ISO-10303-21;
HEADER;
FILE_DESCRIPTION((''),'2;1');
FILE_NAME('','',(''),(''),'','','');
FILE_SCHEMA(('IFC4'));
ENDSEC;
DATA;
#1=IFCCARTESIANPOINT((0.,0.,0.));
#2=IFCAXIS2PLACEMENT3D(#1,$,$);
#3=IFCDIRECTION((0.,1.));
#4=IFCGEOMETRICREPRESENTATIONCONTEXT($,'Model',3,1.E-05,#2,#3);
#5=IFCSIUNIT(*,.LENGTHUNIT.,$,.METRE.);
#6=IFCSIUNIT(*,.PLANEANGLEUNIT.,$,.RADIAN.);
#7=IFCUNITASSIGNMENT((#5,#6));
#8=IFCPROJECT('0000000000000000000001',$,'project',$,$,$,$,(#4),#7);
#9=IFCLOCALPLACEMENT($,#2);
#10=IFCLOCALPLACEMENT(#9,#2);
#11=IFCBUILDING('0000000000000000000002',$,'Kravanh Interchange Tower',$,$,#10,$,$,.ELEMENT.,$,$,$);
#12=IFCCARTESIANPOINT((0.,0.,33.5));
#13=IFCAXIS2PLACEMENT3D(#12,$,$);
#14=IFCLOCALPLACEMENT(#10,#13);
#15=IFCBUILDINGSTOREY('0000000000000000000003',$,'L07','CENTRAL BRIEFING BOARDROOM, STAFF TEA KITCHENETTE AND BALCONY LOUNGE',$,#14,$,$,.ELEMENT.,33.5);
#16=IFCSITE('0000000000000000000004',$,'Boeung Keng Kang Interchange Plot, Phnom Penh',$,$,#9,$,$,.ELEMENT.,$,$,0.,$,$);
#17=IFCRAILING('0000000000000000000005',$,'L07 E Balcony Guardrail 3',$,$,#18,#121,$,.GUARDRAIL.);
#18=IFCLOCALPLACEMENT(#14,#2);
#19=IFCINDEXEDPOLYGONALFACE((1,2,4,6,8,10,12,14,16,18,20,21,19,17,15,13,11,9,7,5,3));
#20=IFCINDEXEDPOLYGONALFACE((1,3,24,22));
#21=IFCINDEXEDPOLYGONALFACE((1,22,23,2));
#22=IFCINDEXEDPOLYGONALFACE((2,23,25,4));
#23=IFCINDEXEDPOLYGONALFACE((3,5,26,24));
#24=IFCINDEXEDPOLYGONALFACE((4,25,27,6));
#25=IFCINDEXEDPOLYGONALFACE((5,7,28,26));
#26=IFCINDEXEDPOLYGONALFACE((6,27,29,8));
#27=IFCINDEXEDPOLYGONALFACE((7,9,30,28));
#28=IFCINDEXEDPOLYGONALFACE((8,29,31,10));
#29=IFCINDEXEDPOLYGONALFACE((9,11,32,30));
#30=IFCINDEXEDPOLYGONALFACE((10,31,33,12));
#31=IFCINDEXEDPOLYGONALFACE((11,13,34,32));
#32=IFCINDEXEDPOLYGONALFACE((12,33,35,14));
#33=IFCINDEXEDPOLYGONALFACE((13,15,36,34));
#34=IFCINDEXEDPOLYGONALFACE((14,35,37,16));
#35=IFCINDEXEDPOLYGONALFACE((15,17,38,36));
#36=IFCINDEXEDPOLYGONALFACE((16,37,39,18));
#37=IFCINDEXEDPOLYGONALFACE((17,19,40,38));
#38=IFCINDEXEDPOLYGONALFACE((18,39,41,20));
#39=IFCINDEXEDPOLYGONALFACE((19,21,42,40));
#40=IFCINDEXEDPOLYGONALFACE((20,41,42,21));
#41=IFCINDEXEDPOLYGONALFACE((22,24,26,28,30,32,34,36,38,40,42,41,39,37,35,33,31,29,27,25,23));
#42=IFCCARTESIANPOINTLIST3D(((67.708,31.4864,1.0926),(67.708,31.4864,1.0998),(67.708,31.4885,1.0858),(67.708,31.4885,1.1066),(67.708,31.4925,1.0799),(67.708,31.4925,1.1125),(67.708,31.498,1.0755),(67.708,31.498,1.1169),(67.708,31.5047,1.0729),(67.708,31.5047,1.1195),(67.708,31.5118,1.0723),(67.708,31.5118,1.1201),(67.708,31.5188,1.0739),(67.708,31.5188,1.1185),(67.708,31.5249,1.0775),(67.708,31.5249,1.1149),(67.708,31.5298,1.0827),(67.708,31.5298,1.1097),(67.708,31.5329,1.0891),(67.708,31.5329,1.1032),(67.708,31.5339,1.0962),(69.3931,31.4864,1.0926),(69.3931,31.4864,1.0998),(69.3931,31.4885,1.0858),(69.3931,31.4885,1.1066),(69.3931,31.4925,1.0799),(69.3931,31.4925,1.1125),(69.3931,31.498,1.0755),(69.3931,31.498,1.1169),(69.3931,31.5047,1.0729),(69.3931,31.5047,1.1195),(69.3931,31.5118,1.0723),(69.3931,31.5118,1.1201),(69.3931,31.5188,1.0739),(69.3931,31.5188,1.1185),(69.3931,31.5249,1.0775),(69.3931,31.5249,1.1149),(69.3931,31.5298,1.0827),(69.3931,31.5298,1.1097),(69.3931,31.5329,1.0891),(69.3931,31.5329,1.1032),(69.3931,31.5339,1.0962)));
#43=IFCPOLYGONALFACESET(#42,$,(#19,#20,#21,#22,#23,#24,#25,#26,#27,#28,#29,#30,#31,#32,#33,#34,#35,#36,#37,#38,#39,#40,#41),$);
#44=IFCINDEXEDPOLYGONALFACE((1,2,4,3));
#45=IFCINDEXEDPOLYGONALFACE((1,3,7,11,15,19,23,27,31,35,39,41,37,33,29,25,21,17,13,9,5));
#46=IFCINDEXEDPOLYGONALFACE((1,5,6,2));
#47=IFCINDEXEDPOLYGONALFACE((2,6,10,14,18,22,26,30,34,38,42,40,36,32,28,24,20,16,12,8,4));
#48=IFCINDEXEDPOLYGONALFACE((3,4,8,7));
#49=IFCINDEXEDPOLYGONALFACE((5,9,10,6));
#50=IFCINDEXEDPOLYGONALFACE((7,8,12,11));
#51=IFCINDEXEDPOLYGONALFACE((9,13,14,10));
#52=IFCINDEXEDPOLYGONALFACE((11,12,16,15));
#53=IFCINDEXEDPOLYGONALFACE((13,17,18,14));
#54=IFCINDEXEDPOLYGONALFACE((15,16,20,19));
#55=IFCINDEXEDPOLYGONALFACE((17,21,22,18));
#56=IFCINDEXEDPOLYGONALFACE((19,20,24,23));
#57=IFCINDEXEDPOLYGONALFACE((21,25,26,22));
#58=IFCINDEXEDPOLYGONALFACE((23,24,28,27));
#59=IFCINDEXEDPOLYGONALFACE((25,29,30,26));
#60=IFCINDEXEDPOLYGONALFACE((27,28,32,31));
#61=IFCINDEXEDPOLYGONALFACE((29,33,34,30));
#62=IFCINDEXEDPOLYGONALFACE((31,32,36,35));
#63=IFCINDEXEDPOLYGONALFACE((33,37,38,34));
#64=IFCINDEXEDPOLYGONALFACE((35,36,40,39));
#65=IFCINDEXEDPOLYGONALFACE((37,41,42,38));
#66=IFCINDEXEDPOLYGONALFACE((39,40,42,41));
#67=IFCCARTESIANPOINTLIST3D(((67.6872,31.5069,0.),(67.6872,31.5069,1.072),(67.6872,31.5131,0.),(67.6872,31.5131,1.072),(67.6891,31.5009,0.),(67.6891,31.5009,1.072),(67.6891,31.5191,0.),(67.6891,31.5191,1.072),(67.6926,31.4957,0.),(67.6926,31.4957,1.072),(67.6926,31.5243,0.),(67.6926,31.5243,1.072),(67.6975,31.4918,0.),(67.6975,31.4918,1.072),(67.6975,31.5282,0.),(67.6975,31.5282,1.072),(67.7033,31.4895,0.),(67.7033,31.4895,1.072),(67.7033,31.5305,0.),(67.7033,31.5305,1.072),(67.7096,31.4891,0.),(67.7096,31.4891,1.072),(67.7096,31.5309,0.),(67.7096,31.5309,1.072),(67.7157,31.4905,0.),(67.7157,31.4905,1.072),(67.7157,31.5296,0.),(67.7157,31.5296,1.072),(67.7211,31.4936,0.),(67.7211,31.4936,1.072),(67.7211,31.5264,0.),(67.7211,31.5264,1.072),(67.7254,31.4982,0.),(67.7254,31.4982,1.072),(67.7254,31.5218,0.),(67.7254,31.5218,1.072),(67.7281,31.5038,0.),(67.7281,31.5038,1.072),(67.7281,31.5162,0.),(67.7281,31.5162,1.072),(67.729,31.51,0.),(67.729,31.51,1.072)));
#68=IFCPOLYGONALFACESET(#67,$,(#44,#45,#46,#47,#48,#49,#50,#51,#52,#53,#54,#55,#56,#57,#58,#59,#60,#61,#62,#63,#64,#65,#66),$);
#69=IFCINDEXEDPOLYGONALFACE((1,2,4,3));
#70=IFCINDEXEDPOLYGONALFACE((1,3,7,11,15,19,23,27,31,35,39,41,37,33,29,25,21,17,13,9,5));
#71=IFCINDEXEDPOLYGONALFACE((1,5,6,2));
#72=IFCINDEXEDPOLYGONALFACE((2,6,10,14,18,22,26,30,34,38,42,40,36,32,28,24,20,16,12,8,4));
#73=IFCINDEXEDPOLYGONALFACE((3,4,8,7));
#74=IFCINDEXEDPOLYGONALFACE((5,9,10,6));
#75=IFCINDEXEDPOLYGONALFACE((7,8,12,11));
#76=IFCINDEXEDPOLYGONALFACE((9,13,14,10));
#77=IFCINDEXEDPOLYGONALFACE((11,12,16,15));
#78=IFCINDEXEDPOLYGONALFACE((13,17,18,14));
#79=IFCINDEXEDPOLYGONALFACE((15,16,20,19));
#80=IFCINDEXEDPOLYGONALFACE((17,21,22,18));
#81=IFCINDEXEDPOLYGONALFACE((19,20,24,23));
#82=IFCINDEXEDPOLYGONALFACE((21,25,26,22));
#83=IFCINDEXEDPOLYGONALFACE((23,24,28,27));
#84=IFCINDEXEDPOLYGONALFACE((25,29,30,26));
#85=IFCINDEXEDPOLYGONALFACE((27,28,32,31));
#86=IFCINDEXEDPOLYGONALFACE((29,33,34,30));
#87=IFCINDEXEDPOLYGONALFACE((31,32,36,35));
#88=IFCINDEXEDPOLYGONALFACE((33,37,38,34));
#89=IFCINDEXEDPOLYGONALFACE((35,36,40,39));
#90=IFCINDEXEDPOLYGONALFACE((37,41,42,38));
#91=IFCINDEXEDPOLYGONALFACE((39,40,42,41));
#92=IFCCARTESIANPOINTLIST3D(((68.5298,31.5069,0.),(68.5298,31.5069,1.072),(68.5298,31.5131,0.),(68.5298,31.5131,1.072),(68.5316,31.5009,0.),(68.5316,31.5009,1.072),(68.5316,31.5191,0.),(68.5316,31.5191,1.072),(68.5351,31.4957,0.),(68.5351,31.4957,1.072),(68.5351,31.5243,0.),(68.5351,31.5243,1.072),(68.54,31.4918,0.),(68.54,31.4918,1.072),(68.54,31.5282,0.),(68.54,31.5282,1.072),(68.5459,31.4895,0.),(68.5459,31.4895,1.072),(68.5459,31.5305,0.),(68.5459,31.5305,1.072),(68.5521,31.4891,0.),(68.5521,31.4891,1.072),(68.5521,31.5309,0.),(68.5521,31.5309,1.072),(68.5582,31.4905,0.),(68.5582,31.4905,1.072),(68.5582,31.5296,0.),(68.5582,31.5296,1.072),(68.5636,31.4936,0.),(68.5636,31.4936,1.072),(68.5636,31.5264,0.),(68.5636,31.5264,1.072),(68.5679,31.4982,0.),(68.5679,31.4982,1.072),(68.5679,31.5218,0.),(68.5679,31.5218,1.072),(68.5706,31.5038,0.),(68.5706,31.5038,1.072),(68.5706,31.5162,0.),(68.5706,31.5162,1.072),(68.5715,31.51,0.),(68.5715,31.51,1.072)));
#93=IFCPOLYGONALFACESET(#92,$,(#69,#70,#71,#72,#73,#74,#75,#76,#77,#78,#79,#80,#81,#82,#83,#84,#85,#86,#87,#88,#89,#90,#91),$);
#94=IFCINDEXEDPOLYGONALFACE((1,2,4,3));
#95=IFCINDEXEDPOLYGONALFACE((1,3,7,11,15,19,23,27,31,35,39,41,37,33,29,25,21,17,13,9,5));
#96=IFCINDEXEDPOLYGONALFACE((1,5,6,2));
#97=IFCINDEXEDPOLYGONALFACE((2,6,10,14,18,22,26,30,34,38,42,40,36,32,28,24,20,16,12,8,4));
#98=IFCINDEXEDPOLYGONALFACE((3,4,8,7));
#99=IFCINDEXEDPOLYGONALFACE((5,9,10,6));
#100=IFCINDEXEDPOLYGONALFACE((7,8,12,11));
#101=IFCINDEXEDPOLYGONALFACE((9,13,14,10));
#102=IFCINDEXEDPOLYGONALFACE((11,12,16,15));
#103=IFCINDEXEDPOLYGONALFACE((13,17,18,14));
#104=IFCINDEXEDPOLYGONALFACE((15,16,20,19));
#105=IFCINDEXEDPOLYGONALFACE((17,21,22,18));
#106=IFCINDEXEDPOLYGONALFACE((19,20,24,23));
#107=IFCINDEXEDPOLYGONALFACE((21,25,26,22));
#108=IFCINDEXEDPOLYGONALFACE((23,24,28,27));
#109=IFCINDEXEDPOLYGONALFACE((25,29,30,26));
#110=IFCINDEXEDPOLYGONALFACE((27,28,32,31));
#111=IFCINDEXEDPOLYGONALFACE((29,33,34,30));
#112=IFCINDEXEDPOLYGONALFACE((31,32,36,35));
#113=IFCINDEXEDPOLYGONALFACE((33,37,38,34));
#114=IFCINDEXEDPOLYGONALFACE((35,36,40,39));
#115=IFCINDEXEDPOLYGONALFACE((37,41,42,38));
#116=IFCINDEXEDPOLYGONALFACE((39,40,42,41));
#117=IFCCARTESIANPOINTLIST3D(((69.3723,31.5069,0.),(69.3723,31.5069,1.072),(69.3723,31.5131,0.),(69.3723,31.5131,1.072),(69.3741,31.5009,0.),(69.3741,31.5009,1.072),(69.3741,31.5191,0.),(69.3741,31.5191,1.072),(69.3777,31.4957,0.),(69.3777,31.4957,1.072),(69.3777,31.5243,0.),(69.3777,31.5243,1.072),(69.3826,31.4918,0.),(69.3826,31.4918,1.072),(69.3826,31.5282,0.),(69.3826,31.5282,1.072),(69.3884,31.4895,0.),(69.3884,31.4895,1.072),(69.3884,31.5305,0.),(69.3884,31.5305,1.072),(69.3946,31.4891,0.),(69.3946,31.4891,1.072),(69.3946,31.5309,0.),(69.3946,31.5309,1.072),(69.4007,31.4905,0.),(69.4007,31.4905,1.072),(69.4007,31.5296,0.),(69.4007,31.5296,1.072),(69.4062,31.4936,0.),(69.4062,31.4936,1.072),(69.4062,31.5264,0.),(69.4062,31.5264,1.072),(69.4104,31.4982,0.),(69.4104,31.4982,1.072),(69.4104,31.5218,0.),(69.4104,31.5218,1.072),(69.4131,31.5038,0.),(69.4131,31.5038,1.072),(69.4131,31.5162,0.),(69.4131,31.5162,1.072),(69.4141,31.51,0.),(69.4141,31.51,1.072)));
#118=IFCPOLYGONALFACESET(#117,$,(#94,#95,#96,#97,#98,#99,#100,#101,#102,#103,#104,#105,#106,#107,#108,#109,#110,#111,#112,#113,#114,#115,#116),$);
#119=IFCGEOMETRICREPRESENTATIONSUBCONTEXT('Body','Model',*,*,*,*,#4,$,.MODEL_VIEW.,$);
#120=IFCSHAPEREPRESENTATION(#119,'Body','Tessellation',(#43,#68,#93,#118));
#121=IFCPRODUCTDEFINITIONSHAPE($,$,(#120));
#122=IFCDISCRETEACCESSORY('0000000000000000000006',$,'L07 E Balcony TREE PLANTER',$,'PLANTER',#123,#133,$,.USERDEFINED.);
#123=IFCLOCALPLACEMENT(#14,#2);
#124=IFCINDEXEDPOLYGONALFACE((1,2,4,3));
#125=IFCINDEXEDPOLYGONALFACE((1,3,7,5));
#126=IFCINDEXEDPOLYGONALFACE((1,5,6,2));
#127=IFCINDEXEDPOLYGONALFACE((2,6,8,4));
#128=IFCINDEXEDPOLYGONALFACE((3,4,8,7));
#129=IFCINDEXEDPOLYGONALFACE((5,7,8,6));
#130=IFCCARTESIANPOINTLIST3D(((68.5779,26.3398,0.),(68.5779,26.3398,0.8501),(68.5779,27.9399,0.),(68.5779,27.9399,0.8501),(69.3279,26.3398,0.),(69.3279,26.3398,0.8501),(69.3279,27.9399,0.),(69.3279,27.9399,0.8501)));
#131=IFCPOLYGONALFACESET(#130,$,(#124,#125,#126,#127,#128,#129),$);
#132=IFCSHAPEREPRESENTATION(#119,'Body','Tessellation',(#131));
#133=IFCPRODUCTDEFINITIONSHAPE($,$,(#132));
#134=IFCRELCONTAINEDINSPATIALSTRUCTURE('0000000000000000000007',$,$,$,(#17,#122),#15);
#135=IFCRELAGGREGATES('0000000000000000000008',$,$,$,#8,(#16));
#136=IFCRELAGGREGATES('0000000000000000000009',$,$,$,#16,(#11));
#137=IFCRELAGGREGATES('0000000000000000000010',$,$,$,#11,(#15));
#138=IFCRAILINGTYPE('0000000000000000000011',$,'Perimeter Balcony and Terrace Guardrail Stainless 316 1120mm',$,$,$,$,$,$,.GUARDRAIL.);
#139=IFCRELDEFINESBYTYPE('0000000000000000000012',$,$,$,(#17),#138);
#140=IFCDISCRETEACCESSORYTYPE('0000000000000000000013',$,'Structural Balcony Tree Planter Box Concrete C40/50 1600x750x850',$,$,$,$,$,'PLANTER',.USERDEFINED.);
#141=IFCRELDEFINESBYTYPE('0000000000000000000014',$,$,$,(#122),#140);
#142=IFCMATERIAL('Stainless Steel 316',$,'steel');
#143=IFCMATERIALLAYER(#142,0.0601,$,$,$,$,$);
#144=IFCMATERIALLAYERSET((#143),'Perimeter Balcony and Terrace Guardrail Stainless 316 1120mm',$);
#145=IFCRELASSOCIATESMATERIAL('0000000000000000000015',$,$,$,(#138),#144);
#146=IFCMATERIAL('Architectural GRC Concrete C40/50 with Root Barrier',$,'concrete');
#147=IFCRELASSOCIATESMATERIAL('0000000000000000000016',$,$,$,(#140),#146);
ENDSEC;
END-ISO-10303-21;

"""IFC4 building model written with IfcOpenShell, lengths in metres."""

from ifc_helpers import new_model, si_unit, direction, frame, origin, origin_2d, place, context, subcontext, project, spatial, rectangle, circle, extrude, material, layer, layer_set, type_object, element, save


model = new_model("IFC4")

# Units and contexts
model_context = context("Model", 3, precision=1e-05, world=origin(), true_north=direction((0.0, 1.0)))
body_context = subcontext(model_context, "Body", "Model", "MODEL_VIEW")
ifc_project = project(units=[si_unit("LENGTHUNIT", "METRE"), si_unit("PLANEANGLEUNIT", "RADIAN")], contexts=[model_context])

# Site, building, storey
site_placement = place(None, origin())
site = spatial("IfcSite", under=ifc_project, at=site_placement, Name="Boeung Keng Kang Interchange Plot, Phnom Penh", CompositionType="ELEMENT", RefElevation=0.0)
building_placement = place(site_placement, origin())
building = spatial("IfcBuilding", under=site, at=building_placement, Name="Kravanh Interchange Tower", CompositionType="ELEMENT")
storey_placement = place(building_placement, frame((0.0, 0.0, 33.5)))
storey = spatial("IfcBuildingStorey", under=building, at=storey_placement, Name="L07", Description="CENTRAL BRIEFING BOARDROOM, STAFF TEA KITCHENETTE AND BALCONY LOUNGE", CompositionType="ELEMENT", Elevation=33.5)

# Railing
ifc_material_1 = material(Name="Stainless Steel 316", Category="steel")
ifc_layer_1 = layer(ifc_material_1, 0.0601)
ifc_layer_set_1 = layer_set([ifc_layer_1], Name="Perimeter Balcony and Terrace Guardrail Stainless 316 1120mm")
railing_type = type_object("IfcRailingType", Name="Perimeter Balcony and Terrace Guardrail Stainless 316 1120mm", PredefinedType="GUARDRAIL", material=ifc_layer_set_1)
railing_1_placement = place(storey_placement, frame((67.708, 31.51, 0.0)))
element("IfcRailing", 1, at=railing_1_placement, inside=storey, type_object=railing_type, Name="L07 E Balcony Guardrail 3", PredefinedType="GUARDRAIL", context=body_context, shape_type="SweptSolid", body=[
    extrude(circle(Radius=0.0239, at=origin_2d()), frame((0.0, 0.0, 1.0962), z_axis=(1.0, 0.0, 0.0), x_axis=(0.0, 1.0, 0.0)), (0.0, 0.0, 1.0), 1.6851),
    extrude(circle(Radius=0.021, at=origin_2d()), origin(), (0.0, 0.0, 1.0), 1.072),
    extrude(circle(Radius=0.021, at=origin_2d()), frame((0.8425, 0.0, 0.0)), (0.0, 0.0, 1.0), 1.072),
    extrude(circle(Radius=0.021, at=origin_2d()), frame((1.6851, 0.0, 0.0)), (0.0, 0.0, 1.0), 1.072),
])

# Discrete accessory
ifc_material_2 = material(Name="Architectural GRC Concrete C40/50 with Root Barrier", Category="concrete")
discrete_accessory_type = type_object("IfcDiscreteAccessoryType", Name="Structural Balcony Tree Planter Box Concrete C40/50 1600x750x850", ElementType="PLANTER", PredefinedType="USERDEFINED", material=ifc_material_2)
discrete_accessory_placement = place(storey_placement, frame((68.9529, 27.1399, 0.0), z_axis=(0.0, 0.0, 1.0), x_axis=(1.0, 0.0, 0.0)))
element("IfcDiscreteAccessory", 2, at=discrete_accessory_placement, inside=storey, type_object=discrete_accessory_type, Name="L07 E Balcony TREE PLANTER", ObjectType="PLANTER", PredefinedType="USERDEFINED", context=body_context, shape_type="SweptSolid", body=[
    extrude(rectangle(XDim=0.75, YDim=1.6001, at=origin_2d()), origin(), (0.0, 0.0, 1.0), 0.8501),
])

save(model, "model.ifc")
